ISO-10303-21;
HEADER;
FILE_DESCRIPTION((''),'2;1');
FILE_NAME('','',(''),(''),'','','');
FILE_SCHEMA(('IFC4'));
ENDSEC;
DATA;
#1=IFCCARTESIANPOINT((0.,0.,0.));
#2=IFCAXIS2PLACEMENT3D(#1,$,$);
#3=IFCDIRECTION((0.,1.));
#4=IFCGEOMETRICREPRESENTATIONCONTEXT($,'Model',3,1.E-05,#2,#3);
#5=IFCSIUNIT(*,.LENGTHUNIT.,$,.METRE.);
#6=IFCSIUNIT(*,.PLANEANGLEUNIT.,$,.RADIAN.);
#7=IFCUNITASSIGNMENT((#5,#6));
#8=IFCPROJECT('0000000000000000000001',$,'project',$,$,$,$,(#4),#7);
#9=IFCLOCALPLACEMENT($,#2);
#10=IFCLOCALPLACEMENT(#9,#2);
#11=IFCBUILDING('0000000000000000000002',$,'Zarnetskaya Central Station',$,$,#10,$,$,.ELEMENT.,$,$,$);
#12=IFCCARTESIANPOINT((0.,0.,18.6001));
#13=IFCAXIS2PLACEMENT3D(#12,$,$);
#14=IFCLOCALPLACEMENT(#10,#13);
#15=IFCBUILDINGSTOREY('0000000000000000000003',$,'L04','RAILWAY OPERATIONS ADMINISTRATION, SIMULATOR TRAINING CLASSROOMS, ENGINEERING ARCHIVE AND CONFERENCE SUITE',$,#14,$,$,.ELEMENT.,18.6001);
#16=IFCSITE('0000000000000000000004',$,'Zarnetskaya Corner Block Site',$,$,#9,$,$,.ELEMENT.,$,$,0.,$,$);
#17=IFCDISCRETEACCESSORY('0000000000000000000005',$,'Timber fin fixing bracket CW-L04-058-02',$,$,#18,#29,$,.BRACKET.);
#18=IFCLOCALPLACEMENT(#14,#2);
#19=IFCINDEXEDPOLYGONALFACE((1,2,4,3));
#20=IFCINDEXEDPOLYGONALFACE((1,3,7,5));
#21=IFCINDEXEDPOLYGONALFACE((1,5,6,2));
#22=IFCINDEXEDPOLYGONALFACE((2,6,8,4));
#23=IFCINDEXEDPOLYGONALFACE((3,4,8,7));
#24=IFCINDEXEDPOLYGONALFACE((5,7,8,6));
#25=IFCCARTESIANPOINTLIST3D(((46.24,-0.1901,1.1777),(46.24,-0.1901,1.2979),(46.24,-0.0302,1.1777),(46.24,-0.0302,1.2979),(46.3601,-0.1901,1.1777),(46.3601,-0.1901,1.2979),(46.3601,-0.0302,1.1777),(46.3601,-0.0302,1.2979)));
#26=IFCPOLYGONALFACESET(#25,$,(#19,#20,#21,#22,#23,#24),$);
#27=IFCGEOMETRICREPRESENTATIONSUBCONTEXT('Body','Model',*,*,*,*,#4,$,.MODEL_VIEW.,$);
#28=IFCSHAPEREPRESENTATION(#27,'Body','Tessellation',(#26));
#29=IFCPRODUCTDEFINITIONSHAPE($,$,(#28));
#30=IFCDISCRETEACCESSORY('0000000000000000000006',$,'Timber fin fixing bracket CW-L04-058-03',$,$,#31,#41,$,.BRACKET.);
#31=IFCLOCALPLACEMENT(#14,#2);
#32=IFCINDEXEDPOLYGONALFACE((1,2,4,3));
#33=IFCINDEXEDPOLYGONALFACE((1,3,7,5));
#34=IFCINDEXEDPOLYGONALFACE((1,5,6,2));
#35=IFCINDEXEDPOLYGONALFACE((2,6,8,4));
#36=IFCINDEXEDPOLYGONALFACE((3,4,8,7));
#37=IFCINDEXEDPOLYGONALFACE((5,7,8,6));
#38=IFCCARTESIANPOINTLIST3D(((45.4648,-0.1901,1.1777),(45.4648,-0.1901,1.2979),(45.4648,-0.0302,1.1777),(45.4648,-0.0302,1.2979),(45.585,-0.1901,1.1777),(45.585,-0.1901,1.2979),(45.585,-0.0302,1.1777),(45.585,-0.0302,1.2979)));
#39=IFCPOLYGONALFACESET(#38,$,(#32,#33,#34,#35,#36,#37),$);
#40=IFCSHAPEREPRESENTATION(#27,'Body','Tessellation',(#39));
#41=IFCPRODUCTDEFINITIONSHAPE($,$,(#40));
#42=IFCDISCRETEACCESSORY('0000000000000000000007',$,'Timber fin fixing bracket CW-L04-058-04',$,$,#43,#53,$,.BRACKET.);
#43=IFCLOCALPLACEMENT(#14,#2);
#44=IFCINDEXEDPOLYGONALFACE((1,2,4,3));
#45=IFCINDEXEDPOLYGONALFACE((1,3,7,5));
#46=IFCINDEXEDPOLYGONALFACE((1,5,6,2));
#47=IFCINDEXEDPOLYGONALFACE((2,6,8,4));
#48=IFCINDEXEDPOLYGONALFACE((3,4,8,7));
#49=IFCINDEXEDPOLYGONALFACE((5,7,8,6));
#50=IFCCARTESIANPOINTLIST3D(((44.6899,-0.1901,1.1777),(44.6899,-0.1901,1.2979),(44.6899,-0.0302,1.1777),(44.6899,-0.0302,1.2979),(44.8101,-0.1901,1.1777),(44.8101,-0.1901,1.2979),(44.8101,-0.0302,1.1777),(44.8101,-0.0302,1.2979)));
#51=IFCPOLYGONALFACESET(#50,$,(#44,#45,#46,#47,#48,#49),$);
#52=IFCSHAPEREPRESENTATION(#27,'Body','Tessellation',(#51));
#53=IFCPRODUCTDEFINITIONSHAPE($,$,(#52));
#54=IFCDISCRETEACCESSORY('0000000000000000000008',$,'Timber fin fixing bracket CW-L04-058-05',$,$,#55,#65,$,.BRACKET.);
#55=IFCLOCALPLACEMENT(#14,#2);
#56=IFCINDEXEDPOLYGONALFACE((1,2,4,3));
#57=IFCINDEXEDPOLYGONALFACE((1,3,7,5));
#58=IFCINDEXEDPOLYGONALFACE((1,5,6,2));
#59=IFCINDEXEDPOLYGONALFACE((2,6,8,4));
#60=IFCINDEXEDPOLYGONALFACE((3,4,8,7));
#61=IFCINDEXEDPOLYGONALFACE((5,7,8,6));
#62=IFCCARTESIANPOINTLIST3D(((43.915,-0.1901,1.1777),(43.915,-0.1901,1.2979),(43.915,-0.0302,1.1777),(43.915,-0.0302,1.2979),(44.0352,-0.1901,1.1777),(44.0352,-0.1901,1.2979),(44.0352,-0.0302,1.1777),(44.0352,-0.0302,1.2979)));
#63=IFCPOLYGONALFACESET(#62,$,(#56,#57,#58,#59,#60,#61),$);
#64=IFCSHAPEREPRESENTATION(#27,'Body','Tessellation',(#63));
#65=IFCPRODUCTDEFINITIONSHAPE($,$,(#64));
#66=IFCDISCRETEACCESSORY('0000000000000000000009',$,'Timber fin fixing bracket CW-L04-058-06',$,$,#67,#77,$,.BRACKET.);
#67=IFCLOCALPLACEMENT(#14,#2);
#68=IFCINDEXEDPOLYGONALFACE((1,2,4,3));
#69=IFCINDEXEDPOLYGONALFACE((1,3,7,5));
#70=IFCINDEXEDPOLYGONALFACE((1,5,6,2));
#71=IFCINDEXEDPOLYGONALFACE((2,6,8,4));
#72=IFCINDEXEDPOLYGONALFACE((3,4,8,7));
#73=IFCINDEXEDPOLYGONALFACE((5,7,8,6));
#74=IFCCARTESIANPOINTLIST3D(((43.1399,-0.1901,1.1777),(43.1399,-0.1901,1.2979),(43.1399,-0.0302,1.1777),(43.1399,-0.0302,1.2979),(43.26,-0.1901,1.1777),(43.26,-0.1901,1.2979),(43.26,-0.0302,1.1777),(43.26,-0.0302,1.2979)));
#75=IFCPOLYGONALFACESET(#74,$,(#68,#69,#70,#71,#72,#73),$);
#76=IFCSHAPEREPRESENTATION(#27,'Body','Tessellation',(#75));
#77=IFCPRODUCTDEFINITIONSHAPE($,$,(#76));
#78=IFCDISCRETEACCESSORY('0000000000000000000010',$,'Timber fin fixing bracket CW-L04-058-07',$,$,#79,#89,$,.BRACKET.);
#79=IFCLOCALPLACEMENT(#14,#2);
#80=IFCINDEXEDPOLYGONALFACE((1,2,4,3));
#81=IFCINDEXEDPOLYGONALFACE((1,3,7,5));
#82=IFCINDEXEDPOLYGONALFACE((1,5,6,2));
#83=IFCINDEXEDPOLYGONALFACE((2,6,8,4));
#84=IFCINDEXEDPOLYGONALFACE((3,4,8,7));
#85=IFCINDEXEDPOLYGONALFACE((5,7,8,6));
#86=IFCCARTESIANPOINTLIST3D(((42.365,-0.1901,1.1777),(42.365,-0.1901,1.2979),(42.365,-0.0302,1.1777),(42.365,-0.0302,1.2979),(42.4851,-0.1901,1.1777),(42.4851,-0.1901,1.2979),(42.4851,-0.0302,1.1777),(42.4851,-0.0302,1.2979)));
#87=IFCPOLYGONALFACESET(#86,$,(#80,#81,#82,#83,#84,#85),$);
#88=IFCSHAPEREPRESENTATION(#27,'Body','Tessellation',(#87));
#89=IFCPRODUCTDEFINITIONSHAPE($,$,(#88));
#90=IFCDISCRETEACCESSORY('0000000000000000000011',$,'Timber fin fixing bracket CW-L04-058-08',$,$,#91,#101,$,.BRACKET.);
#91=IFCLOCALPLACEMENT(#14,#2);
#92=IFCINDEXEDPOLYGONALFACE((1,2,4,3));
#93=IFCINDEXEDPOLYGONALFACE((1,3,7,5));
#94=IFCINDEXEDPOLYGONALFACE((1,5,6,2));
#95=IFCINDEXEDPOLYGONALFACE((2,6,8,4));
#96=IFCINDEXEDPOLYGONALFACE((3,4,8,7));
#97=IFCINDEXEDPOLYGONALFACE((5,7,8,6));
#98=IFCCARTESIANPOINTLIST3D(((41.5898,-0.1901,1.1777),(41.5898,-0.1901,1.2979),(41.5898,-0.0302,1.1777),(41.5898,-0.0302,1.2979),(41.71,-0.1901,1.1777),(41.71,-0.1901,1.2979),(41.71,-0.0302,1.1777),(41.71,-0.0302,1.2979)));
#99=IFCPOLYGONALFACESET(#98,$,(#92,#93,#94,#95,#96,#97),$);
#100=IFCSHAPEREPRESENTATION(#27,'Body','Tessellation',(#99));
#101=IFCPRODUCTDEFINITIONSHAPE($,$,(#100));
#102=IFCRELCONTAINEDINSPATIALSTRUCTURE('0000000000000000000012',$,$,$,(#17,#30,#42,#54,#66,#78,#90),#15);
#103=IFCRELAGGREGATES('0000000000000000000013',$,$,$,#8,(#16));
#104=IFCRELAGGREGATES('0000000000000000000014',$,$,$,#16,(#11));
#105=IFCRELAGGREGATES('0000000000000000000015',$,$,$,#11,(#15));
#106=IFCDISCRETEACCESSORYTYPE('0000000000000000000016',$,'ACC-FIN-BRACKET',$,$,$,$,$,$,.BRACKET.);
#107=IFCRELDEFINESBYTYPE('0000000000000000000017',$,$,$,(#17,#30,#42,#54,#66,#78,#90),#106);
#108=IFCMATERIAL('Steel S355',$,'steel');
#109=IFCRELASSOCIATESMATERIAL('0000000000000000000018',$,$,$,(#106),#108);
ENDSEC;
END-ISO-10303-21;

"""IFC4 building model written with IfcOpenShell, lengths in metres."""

from ifc_helpers import new_model, si_unit, direction, frame, origin, origin_2d, place, context, subcontext, project, spatial, rectangle, extrude, material, type_object, element, save


model = new_model("IFC4")

# Units and contexts
model_context = context("Model", 3, precision=1e-05, world=origin(), true_north=direction((0.0, 1.0)))
body_context = subcontext(model_context, "Body", "Model", "MODEL_VIEW")
ifc_project = project(units=[si_unit("LENGTHUNIT", "METRE"), si_unit("PLANEANGLEUNIT", "RADIAN")], contexts=[model_context])

# Site, building, storey
site_placement = place(None, origin())
site = spatial("IfcSite", under=ifc_project, at=site_placement, Name="Zarnetskaya Corner Block Site", CompositionType="ELEMENT", RefElevation=0.0)
building_placement = place(site_placement, origin())
building = spatial("IfcBuilding", under=site, at=building_placement, Name="Zarnetskaya Central Station", CompositionType="ELEMENT")
storey_placement = place(building_placement, frame((0.0, 0.0, 18.6001)))
storey = spatial("IfcBuildingStorey", under=building, at=storey_placement, Name="L04", Description="RAILWAY OPERATIONS ADMINISTRATION, SIMULATOR TRAINING CLASSROOMS, ENGINEERING ARCHIVE AND CONFERENCE SUITE", CompositionType="ELEMENT", Elevation=18.6001)

# Discrete accessories
ifc_material_1 = material(Name="Steel S355", Category="steel")
discrete_accessory_type = type_object("IfcDiscreteAccessoryType", Name="ACC-FIN-BRACKET", PredefinedType="BRACKET", material=ifc_material_1)
for number, where, z_axis, x_axis, name in (
    (1, (46.3, -0.1101, 1.1777), (0.0, 0.0, 1.0), (-1.0, 0.0, 0.0), "Timber fin fixing bracket CW-L04-058-02"),
    (2, (45.5249, -0.1101, 1.1777), (0.0, 0.0, 1.0), (-1.0, 0.0, 0.0), "Timber fin fixing bracket CW-L04-058-03"),
    (3, (44.75, -0.1101, 1.1777), (0.0, 0.0, 1.0), (-1.0, 0.0, 0.0), "Timber fin fixing bracket CW-L04-058-04"),
    (4, (43.9751, -0.1101, 1.1777), (0.0, 0.0, 1.0), (-1.0, 0.0, 0.0), "Timber fin fixing bracket CW-L04-058-05"),
    (5, (43.2, -0.1101, 1.1777), (0.0, 0.0, 1.0), (-1.0, 0.0, 0.0), "Timber fin fixing bracket CW-L04-058-06"),
    (6, (42.425, -0.1101, 1.1777), (0.0, 0.0, 1.0), (-1.0, 0.0, 0.0), "Timber fin fixing bracket CW-L04-058-07"),
    (7, (41.6499, -0.1101, 1.1777), (0.0, 0.0, 1.0), (-1.0, 0.0, 0.0), "Timber fin fixing bracket CW-L04-058-08"),
):
    element("IfcDiscreteAccessory", number, at=place(storey_placement, frame(where, z_axis=z_axis, x_axis=x_axis)), inside=storey, type_object=discrete_accessory_type, Name=name, PredefinedType="BRACKET", context=body_context, shape_type="SweptSolid", body=[
        extrude(rectangle(XDim=0.1201, YDim=0.1599, at=origin_2d()), origin(), (0.0, 0.0, 1.0), 0.1201),
    ])

save(model, "model.ifc")
